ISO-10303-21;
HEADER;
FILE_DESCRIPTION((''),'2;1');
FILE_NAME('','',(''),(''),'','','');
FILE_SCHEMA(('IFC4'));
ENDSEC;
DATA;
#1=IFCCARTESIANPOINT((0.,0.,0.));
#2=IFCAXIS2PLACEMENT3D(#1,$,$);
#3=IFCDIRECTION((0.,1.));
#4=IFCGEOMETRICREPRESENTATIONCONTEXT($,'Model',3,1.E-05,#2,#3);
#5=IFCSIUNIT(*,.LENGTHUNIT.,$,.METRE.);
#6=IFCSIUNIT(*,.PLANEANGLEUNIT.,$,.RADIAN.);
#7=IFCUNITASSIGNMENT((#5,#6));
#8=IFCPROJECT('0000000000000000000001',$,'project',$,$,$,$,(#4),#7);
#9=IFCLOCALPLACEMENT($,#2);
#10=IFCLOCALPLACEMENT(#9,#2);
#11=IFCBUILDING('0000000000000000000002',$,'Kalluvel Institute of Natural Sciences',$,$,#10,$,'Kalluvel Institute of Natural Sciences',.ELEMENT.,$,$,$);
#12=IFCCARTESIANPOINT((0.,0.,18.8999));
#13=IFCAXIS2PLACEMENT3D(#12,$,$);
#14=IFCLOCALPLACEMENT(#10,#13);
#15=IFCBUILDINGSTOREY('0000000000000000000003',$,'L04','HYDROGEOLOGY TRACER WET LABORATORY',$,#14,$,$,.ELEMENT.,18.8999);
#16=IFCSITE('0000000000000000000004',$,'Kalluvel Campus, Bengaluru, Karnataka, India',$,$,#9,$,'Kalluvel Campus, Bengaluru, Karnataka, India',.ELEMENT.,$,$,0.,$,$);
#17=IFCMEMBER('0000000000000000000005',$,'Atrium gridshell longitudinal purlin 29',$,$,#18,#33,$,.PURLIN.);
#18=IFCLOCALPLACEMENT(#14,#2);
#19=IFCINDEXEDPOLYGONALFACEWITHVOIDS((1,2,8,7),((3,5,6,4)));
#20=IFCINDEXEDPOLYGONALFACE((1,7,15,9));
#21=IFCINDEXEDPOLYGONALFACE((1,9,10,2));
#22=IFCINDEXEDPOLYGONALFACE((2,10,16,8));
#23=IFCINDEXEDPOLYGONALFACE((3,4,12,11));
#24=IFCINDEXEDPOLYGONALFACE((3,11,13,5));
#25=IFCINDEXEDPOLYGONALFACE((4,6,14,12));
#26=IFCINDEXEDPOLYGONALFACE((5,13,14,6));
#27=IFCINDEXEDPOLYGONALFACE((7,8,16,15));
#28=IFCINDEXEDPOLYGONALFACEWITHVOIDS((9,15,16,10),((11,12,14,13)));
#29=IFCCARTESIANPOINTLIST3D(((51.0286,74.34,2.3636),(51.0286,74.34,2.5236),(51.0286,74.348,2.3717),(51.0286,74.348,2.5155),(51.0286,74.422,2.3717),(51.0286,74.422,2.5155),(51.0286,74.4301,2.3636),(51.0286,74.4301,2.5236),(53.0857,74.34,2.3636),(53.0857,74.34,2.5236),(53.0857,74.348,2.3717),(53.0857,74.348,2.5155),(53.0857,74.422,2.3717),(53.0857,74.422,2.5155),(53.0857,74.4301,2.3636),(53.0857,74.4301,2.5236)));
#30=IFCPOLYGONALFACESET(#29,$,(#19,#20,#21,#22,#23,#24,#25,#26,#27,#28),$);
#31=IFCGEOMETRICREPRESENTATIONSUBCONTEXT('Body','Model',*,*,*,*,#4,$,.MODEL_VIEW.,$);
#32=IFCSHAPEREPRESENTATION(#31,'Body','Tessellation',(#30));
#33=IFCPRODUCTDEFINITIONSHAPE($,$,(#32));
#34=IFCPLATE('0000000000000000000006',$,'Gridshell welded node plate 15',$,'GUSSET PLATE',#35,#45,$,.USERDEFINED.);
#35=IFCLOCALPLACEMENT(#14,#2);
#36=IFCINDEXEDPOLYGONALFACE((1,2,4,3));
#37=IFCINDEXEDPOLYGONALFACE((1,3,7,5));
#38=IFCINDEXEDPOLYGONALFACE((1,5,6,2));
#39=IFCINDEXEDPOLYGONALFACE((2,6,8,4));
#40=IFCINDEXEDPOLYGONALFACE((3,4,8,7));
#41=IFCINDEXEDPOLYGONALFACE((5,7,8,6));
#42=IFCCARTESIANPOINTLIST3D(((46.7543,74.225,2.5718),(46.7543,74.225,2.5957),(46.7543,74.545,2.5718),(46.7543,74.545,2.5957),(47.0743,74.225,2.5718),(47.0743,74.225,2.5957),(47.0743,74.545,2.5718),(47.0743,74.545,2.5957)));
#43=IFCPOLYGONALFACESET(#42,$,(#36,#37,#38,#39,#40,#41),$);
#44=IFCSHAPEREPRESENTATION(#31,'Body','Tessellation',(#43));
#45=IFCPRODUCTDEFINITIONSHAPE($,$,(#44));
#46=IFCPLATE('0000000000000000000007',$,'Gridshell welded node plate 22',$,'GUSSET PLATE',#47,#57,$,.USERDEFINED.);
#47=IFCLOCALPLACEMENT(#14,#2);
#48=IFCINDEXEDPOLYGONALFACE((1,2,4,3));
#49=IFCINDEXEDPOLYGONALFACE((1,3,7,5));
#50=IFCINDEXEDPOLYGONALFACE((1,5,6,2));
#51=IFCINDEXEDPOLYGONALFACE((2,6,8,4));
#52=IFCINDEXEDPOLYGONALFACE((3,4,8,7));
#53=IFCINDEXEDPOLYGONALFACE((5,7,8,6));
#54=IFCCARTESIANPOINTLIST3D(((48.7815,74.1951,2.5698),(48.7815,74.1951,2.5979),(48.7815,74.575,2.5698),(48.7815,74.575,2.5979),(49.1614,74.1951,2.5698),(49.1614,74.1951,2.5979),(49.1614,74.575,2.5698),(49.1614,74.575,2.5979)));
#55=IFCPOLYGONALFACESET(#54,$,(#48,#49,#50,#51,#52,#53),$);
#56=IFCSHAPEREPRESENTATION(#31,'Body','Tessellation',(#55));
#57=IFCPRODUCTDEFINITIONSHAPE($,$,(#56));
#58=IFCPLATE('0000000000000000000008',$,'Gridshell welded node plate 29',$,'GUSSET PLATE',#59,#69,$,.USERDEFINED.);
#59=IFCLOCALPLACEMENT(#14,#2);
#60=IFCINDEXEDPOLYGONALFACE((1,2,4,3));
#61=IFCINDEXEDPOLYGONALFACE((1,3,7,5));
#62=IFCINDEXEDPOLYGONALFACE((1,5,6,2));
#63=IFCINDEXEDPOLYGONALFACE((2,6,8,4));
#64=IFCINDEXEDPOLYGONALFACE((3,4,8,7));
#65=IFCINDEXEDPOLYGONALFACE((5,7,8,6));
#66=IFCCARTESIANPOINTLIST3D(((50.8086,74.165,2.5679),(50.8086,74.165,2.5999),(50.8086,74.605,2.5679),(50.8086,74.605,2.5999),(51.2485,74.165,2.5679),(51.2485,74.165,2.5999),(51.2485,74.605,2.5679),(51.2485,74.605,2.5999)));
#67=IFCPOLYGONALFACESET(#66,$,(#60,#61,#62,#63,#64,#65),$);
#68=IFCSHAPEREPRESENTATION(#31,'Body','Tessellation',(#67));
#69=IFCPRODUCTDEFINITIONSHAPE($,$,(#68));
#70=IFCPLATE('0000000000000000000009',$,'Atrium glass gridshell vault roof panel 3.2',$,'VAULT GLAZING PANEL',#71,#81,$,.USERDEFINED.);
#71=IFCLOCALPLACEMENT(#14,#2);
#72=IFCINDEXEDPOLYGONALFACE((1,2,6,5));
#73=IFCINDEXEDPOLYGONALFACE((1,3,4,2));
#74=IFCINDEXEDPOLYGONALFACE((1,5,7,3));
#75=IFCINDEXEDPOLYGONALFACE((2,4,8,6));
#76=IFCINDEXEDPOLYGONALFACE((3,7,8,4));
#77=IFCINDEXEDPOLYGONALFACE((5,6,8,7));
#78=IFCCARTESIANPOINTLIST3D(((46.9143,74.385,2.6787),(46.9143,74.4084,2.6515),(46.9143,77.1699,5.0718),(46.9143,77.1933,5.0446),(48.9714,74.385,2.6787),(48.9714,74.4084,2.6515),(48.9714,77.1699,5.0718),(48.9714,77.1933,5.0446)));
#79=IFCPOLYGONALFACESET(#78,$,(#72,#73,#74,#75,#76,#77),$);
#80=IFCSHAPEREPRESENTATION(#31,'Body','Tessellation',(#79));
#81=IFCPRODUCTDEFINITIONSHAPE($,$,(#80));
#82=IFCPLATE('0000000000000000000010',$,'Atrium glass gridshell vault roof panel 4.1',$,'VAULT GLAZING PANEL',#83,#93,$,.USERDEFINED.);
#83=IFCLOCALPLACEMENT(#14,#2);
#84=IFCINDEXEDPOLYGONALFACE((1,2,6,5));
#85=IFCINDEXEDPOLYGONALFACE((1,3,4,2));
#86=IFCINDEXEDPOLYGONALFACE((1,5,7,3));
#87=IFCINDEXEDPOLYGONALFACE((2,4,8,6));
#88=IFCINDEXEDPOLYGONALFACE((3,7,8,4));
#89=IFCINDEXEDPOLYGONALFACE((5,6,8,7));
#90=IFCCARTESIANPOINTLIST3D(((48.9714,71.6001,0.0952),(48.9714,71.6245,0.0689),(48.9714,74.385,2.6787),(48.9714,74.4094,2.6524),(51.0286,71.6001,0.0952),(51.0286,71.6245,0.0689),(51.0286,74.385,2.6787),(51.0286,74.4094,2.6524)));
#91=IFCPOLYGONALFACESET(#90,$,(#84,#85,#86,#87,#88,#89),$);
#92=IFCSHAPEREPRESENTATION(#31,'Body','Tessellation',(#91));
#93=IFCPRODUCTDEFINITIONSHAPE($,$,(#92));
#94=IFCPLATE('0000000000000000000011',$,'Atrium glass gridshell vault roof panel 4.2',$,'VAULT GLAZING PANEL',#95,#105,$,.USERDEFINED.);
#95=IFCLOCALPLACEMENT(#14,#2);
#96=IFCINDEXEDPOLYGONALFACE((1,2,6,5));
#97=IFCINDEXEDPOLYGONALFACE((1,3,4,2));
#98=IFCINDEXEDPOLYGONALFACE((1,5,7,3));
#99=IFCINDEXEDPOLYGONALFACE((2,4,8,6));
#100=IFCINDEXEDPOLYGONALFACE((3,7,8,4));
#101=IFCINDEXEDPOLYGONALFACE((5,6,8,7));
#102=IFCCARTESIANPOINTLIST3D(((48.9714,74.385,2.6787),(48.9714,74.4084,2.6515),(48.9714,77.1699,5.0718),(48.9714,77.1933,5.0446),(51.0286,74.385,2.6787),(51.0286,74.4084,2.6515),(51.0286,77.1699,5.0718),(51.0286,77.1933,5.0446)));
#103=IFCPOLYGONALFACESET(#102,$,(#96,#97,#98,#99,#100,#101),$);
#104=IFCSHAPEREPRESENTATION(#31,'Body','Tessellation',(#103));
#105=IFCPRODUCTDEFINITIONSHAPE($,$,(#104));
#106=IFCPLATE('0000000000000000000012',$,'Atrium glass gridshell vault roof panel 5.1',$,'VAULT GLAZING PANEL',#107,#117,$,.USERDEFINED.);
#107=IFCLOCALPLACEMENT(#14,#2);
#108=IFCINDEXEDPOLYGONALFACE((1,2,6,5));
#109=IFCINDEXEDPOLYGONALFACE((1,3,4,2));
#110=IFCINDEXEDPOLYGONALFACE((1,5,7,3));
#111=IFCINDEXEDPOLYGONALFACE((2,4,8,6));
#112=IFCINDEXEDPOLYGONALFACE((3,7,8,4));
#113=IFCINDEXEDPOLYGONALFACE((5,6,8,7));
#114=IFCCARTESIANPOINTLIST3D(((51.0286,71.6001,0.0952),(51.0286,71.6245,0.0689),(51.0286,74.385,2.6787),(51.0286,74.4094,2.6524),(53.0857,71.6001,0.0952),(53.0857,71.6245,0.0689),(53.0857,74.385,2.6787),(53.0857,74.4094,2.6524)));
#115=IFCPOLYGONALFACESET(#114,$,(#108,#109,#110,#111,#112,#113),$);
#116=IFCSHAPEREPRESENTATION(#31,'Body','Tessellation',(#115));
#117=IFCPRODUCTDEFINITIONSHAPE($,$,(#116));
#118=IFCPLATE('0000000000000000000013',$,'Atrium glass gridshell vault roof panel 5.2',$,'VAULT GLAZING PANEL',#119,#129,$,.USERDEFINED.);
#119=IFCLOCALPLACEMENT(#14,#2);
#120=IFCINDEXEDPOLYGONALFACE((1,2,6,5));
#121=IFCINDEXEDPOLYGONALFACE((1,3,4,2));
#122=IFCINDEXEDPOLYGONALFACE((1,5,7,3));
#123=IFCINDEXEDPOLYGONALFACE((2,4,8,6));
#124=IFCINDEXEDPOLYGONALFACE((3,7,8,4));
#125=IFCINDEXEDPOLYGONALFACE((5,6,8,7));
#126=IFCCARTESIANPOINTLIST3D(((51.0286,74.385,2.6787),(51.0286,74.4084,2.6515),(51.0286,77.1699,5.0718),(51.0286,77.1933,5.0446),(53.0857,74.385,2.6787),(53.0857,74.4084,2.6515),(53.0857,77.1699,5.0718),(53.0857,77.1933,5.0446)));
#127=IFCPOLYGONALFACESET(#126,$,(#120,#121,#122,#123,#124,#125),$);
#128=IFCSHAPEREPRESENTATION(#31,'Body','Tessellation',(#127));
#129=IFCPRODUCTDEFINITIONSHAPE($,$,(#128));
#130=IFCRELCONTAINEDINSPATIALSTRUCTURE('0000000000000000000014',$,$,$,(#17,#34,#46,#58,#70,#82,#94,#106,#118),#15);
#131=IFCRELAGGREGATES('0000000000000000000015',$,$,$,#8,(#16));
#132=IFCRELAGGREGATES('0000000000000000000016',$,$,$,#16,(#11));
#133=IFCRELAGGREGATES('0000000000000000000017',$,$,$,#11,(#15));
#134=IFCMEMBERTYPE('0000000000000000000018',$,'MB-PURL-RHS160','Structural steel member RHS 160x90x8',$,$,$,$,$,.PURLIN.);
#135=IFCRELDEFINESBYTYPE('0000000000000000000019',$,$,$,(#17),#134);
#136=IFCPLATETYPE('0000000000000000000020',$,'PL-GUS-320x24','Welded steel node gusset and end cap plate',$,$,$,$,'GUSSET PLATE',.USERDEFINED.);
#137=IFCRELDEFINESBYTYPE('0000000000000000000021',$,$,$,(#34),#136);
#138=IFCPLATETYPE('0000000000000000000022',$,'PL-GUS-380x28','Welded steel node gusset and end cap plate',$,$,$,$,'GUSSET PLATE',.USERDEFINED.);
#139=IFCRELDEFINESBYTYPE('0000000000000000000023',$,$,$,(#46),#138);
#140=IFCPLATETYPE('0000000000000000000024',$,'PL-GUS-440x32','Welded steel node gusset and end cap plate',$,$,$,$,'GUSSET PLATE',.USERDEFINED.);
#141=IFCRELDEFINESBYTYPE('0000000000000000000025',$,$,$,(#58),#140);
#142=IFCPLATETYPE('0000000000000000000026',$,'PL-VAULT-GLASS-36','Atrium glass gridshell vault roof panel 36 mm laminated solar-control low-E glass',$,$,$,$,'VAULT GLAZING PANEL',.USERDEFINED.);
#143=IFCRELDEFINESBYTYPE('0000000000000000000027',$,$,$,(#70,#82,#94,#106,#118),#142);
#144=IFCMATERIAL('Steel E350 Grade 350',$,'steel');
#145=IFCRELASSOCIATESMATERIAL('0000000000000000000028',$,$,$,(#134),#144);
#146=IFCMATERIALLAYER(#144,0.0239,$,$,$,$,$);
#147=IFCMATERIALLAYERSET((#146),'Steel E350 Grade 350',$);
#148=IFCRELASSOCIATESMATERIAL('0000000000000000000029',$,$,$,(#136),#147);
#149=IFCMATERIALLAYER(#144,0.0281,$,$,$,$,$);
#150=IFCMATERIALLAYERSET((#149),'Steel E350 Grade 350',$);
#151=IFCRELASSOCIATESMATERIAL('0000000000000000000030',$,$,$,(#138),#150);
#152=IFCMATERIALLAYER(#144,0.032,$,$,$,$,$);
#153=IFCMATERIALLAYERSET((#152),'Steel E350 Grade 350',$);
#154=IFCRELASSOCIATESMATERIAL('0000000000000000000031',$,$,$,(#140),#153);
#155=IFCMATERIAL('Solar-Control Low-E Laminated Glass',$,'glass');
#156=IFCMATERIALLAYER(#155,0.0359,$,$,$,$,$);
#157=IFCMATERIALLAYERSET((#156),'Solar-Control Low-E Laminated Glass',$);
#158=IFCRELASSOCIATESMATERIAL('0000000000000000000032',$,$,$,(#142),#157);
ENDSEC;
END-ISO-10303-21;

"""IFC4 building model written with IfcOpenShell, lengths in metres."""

from ifc_helpers import new_model, si_unit, direction, frame, origin, origin_2d, place, context, subcontext, project, spatial, polyline, rectangle, hollow_rectangle, outline, extrude, material, layer, layer_set, material_profile, profile_set, type_object, element, save


model = new_model("IFC4")

# Units and contexts
model_context = context("Model", 3, precision=1e-05, world=origin(), true_north=direction((0.0, 1.0)))
body_context = subcontext(model_context, "Body", "Model", "MODEL_VIEW")
ifc_project = project(units=[si_unit("LENGTHUNIT", "METRE"), si_unit("PLANEANGLEUNIT", "RADIAN")], contexts=[model_context])

# Site, building, storey
site_placement = place(None, origin())
site = spatial("IfcSite", under=ifc_project, at=site_placement, Name="Kalluvel Campus, Bengaluru, Karnataka, India", LongName="Kalluvel Campus, Bengaluru, Karnataka, India", CompositionType="ELEMENT", RefElevation=0.0)
building_placement = place(site_placement, origin())
building = spatial("IfcBuilding", under=site, at=building_placement, Name="Kalluvel Institute of Natural Sciences", LongName="Kalluvel Institute of Natural Sciences", CompositionType="ELEMENT")
storey_placement = place(building_placement, frame((0.0, 0.0, 18.8999)))
storey = spatial("IfcBuildingStorey", under=building, at=storey_placement, Name="L04", Description="HYDROGEOLOGY TRACER WET LABORATORY", CompositionType="ELEMENT", Elevation=18.8999)

# Member
ifc_material_1 = material(Name="Steel E350 Grade 350", Category="steel")
ifc_material_profile_1 = material_profile(ifc_material_1, hollow_rectangle(XDim=0.0901, YDim=0.1599, WallThickness=0.0081, at=origin_2d()), Name="RHS 160x90x8")
ifc_profile_set_1 = profile_set([ifc_material_profile_1], Name="Steel E350 Grade 350")
member_type_1 = type_object("IfcMemberType", Name="MB-PURL-RHS160", Description="Structural steel member RHS 160x90x8", PredefinedType="PURLIN", material=ifc_profile_set_1)
for number, where, z_axis, x_axis, name in (
    (1, (51.0286, 74.385, 2.4436), (1.0, 0.0, 0.0), (0.0, 1.0, 0.0), "Atrium gridshell longitudinal purlin 29"),
):
    element("IfcMember", number, at=place(storey_placement, frame(where, z_axis=z_axis, x_axis=x_axis)), inside=storey, type_object=member_type_1, Name=name, PredefinedType="PURLIN", context=body_context, shape_type="SweptSolid", body=[
        extrude(hollow_rectangle(XDim=0.0901, YDim=0.1599, WallThickness=0.0081, at=origin_2d()), origin(), (0.0, 0.0, 1.0), 2.0571),
    ])

# Plates
ifc_layer_1 = layer(ifc_material_1, 0.0239)
ifc_layer_set_1 = layer_set([ifc_layer_1], Name="Steel E350 Grade 350")
plate_type_1 = type_object("IfcPlateType", Name="PL-GUS-320x24", Description="Welded steel node gusset and end cap plate", ElementType="GUSSET PLATE", PredefinedType="USERDEFINED", material=ifc_layer_set_1)
plate_1_placement = place(storey_placement, frame((46.9143, 74.385, 2.5718), z_axis=(0.0, 0.0, 1.0), x_axis=(1.0, 0.0, 0.0)))
element("IfcPlate", 2, at=plate_1_placement, inside=storey, type_object=plate_type_1, Name="Gridshell welded node plate 15", ObjectType="GUSSET PLATE", PredefinedType="USERDEFINED", context=body_context, shape_type="SweptSolid", body=[
    extrude(rectangle(XDim=0.3201, YDim=0.3201, at=origin_2d()), origin(), (0.0, 0.0, 1.0), 0.0239),
])
ifc_layer_2 = layer(ifc_material_1, 0.0281)
ifc_layer_set_2 = layer_set([ifc_layer_2], Name="Steel E350 Grade 350")
plate_type_2 = type_object("IfcPlateType", Name="PL-GUS-380x28", Description="Welded steel node gusset and end cap plate", ElementType="GUSSET PLATE", PredefinedType="USERDEFINED", material=ifc_layer_set_2)
plate_2_placement = place(storey_placement, frame((48.9714, 74.385, 2.5698), z_axis=(0.0, 0.0, 1.0), x_axis=(1.0, 0.0, 0.0)))
element("IfcPlate", 3, at=plate_2_placement, inside=storey, type_object=plate_type_2, Name="Gridshell welded node plate 22", ObjectType="GUSSET PLATE", PredefinedType="USERDEFINED", context=body_context, shape_type="SweptSolid", body=[
    extrude(rectangle(XDim=0.3799, YDim=0.3799, at=origin_2d()), origin(), (0.0, 0.0, 1.0), 0.0281),
])
ifc_layer_3 = layer(ifc_material_1, 0.032)
ifc_layer_set_3 = layer_set([ifc_layer_3], Name="Steel E350 Grade 350")
plate_type_3 = type_object("IfcPlateType", Name="PL-GUS-440x32", Description="Welded steel node gusset and end cap plate", ElementType="GUSSET PLATE", PredefinedType="USERDEFINED", material=ifc_layer_set_3)
plate_3_placement = place(storey_placement, frame((51.0286, 74.385, 2.5679), z_axis=(0.0, 0.0, 1.0), x_axis=(1.0, 0.0, 0.0)))
element("IfcPlate", 4, at=plate_3_placement, inside=storey, type_object=plate_type_3, Name="Gridshell welded node plate 29", ObjectType="GUSSET PLATE", PredefinedType="USERDEFINED", context=body_context, shape_type="SweptSolid", body=[
    extrude(rectangle(XDim=0.4399, YDim=0.4399, at=origin_2d()), origin(), (0.0, 0.0, 1.0), 0.032),
])
ifc_material_2 = material(Name="Solar-Control Low-E Laminated Glass", Category="glass")
ifc_layer_4 = layer(ifc_material_2, 0.0359)
ifc_layer_set_4 = layer_set([ifc_layer_4], Name="Solar-Control Low-E Laminated Glass")
plate_type_4 = type_object("IfcPlateType", Name="PL-VAULT-GLASS-36", Description="Atrium glass gridshell vault roof panel 36 mm laminated solar-control low-E glass", ElementType="VAULT GLAZING PANEL", PredefinedType="USERDEFINED", material=ifc_layer_set_4)
plate_4_placement = place(storey_placement, frame((46.9143, 74.385, 2.6787), z_axis=(0.0, -0.651733, 0.758449), x_axis=(1.0, 0.0, 0.0)))
element("IfcPlate", 5, at=plate_4_placement, inside=storey, type_object=plate_type_4, Name="Atrium glass gridshell vault roof panel 3.2", ObjectType="VAULT GLAZING PANEL", PredefinedType="USERDEFINED", context=body_context, shape_type="SweptSolid", body=[
    extrude(outline(polyline([(0.0, 0.0), (2.0571, 0.0), (2.0571, 3.6719), (0.0, 3.6719), (0.0, 0.0)])), origin(), (0.0, 0.0, -1.0), 0.0359),
])
plate_5_placement = place(storey_placement, frame((48.9714, 71.6001, 0.0952), z_axis=(0.0, -0.680099, 0.733121), x_axis=(1.0, 0.0, 0.0)))
element("IfcPlate", 6, at=plate_5_placement, inside=storey, type_object=plate_type_4, Name="Atrium glass gridshell vault roof panel 4.1", ObjectType="VAULT GLAZING PANEL", PredefinedType="USERDEFINED", context=body_context, shape_type="SweptSolid", body=[
    extrude(outline(polyline([(0.0, 0.0), (2.0571, 0.0), (2.0571, 3.7987), (0.0, 3.7987), (0.0, 0.0)])), origin(), (0.0, 0.0, -1.0), 0.0359),
])
plate_6_placement = place(storey_placement, frame((48.9714, 74.385, 2.6787), z_axis=(0.0, -0.651733, 0.758449), x_axis=(1.0, 0.0, 0.0)))
element("IfcPlate", 7, at=plate_6_placement, inside=storey, type_object=plate_type_4, Name="Atrium glass gridshell vault roof panel 4.2", ObjectType="VAULT GLAZING PANEL", PredefinedType="USERDEFINED", context=body_context, shape_type="SweptSolid", body=[
    extrude(outline(polyline([(0.0, 0.0), (2.0571, 0.0), (2.0571, 3.6719), (0.0, 3.6719), (0.0, 0.0)])), origin(), (0.0, 0.0, -1.0), 0.0359),
])
plate_7_placement = place(storey_placement, frame((51.0286, 71.6001, 0.0952), z_axis=(0.0, -0.680099, 0.733121), x_axis=(1.0, 0.0, 0.0)))
element("IfcPlate", 8, at=plate_7_placement, inside=storey, type_object=plate_type_4, Name="Atrium glass gridshell vault roof panel 5.1", ObjectType="VAULT GLAZING PANEL", PredefinedType="USERDEFINED", context=body_context, shape_type="SweptSolid", body=[
    extrude(outline(polyline([(0.0, 0.0), (2.0571, 0.0), (2.0571, 3.7987), (0.0, 3.7987), (0.0, 0.0)])), origin(), (0.0, 0.0, -1.0), 0.0359),
])
plate_8_placement = place(storey_placement, frame((51.0286, 74.385, 2.6787), z_axis=(0.0, -0.651733, 0.758449), x_axis=(1.0, 0.0, 0.0)))
element("IfcPlate", 9, at=plate_8_placement, inside=storey, type_object=plate_type_4, Name="Atrium glass gridshell vault roof panel 5.2", ObjectType="VAULT GLAZING PANEL", PredefinedType="USERDEFINED", context=body_context, shape_type="SweptSolid", body=[
    extrude(outline(polyline([(0.0, 0.0), (2.0571, 0.0), (2.0571, 3.6719), (0.0, 3.6719), (0.0, 0.0)])), origin(), (0.0, 0.0, -1.0), 0.0359),
])

save(model, "model.ifc")
